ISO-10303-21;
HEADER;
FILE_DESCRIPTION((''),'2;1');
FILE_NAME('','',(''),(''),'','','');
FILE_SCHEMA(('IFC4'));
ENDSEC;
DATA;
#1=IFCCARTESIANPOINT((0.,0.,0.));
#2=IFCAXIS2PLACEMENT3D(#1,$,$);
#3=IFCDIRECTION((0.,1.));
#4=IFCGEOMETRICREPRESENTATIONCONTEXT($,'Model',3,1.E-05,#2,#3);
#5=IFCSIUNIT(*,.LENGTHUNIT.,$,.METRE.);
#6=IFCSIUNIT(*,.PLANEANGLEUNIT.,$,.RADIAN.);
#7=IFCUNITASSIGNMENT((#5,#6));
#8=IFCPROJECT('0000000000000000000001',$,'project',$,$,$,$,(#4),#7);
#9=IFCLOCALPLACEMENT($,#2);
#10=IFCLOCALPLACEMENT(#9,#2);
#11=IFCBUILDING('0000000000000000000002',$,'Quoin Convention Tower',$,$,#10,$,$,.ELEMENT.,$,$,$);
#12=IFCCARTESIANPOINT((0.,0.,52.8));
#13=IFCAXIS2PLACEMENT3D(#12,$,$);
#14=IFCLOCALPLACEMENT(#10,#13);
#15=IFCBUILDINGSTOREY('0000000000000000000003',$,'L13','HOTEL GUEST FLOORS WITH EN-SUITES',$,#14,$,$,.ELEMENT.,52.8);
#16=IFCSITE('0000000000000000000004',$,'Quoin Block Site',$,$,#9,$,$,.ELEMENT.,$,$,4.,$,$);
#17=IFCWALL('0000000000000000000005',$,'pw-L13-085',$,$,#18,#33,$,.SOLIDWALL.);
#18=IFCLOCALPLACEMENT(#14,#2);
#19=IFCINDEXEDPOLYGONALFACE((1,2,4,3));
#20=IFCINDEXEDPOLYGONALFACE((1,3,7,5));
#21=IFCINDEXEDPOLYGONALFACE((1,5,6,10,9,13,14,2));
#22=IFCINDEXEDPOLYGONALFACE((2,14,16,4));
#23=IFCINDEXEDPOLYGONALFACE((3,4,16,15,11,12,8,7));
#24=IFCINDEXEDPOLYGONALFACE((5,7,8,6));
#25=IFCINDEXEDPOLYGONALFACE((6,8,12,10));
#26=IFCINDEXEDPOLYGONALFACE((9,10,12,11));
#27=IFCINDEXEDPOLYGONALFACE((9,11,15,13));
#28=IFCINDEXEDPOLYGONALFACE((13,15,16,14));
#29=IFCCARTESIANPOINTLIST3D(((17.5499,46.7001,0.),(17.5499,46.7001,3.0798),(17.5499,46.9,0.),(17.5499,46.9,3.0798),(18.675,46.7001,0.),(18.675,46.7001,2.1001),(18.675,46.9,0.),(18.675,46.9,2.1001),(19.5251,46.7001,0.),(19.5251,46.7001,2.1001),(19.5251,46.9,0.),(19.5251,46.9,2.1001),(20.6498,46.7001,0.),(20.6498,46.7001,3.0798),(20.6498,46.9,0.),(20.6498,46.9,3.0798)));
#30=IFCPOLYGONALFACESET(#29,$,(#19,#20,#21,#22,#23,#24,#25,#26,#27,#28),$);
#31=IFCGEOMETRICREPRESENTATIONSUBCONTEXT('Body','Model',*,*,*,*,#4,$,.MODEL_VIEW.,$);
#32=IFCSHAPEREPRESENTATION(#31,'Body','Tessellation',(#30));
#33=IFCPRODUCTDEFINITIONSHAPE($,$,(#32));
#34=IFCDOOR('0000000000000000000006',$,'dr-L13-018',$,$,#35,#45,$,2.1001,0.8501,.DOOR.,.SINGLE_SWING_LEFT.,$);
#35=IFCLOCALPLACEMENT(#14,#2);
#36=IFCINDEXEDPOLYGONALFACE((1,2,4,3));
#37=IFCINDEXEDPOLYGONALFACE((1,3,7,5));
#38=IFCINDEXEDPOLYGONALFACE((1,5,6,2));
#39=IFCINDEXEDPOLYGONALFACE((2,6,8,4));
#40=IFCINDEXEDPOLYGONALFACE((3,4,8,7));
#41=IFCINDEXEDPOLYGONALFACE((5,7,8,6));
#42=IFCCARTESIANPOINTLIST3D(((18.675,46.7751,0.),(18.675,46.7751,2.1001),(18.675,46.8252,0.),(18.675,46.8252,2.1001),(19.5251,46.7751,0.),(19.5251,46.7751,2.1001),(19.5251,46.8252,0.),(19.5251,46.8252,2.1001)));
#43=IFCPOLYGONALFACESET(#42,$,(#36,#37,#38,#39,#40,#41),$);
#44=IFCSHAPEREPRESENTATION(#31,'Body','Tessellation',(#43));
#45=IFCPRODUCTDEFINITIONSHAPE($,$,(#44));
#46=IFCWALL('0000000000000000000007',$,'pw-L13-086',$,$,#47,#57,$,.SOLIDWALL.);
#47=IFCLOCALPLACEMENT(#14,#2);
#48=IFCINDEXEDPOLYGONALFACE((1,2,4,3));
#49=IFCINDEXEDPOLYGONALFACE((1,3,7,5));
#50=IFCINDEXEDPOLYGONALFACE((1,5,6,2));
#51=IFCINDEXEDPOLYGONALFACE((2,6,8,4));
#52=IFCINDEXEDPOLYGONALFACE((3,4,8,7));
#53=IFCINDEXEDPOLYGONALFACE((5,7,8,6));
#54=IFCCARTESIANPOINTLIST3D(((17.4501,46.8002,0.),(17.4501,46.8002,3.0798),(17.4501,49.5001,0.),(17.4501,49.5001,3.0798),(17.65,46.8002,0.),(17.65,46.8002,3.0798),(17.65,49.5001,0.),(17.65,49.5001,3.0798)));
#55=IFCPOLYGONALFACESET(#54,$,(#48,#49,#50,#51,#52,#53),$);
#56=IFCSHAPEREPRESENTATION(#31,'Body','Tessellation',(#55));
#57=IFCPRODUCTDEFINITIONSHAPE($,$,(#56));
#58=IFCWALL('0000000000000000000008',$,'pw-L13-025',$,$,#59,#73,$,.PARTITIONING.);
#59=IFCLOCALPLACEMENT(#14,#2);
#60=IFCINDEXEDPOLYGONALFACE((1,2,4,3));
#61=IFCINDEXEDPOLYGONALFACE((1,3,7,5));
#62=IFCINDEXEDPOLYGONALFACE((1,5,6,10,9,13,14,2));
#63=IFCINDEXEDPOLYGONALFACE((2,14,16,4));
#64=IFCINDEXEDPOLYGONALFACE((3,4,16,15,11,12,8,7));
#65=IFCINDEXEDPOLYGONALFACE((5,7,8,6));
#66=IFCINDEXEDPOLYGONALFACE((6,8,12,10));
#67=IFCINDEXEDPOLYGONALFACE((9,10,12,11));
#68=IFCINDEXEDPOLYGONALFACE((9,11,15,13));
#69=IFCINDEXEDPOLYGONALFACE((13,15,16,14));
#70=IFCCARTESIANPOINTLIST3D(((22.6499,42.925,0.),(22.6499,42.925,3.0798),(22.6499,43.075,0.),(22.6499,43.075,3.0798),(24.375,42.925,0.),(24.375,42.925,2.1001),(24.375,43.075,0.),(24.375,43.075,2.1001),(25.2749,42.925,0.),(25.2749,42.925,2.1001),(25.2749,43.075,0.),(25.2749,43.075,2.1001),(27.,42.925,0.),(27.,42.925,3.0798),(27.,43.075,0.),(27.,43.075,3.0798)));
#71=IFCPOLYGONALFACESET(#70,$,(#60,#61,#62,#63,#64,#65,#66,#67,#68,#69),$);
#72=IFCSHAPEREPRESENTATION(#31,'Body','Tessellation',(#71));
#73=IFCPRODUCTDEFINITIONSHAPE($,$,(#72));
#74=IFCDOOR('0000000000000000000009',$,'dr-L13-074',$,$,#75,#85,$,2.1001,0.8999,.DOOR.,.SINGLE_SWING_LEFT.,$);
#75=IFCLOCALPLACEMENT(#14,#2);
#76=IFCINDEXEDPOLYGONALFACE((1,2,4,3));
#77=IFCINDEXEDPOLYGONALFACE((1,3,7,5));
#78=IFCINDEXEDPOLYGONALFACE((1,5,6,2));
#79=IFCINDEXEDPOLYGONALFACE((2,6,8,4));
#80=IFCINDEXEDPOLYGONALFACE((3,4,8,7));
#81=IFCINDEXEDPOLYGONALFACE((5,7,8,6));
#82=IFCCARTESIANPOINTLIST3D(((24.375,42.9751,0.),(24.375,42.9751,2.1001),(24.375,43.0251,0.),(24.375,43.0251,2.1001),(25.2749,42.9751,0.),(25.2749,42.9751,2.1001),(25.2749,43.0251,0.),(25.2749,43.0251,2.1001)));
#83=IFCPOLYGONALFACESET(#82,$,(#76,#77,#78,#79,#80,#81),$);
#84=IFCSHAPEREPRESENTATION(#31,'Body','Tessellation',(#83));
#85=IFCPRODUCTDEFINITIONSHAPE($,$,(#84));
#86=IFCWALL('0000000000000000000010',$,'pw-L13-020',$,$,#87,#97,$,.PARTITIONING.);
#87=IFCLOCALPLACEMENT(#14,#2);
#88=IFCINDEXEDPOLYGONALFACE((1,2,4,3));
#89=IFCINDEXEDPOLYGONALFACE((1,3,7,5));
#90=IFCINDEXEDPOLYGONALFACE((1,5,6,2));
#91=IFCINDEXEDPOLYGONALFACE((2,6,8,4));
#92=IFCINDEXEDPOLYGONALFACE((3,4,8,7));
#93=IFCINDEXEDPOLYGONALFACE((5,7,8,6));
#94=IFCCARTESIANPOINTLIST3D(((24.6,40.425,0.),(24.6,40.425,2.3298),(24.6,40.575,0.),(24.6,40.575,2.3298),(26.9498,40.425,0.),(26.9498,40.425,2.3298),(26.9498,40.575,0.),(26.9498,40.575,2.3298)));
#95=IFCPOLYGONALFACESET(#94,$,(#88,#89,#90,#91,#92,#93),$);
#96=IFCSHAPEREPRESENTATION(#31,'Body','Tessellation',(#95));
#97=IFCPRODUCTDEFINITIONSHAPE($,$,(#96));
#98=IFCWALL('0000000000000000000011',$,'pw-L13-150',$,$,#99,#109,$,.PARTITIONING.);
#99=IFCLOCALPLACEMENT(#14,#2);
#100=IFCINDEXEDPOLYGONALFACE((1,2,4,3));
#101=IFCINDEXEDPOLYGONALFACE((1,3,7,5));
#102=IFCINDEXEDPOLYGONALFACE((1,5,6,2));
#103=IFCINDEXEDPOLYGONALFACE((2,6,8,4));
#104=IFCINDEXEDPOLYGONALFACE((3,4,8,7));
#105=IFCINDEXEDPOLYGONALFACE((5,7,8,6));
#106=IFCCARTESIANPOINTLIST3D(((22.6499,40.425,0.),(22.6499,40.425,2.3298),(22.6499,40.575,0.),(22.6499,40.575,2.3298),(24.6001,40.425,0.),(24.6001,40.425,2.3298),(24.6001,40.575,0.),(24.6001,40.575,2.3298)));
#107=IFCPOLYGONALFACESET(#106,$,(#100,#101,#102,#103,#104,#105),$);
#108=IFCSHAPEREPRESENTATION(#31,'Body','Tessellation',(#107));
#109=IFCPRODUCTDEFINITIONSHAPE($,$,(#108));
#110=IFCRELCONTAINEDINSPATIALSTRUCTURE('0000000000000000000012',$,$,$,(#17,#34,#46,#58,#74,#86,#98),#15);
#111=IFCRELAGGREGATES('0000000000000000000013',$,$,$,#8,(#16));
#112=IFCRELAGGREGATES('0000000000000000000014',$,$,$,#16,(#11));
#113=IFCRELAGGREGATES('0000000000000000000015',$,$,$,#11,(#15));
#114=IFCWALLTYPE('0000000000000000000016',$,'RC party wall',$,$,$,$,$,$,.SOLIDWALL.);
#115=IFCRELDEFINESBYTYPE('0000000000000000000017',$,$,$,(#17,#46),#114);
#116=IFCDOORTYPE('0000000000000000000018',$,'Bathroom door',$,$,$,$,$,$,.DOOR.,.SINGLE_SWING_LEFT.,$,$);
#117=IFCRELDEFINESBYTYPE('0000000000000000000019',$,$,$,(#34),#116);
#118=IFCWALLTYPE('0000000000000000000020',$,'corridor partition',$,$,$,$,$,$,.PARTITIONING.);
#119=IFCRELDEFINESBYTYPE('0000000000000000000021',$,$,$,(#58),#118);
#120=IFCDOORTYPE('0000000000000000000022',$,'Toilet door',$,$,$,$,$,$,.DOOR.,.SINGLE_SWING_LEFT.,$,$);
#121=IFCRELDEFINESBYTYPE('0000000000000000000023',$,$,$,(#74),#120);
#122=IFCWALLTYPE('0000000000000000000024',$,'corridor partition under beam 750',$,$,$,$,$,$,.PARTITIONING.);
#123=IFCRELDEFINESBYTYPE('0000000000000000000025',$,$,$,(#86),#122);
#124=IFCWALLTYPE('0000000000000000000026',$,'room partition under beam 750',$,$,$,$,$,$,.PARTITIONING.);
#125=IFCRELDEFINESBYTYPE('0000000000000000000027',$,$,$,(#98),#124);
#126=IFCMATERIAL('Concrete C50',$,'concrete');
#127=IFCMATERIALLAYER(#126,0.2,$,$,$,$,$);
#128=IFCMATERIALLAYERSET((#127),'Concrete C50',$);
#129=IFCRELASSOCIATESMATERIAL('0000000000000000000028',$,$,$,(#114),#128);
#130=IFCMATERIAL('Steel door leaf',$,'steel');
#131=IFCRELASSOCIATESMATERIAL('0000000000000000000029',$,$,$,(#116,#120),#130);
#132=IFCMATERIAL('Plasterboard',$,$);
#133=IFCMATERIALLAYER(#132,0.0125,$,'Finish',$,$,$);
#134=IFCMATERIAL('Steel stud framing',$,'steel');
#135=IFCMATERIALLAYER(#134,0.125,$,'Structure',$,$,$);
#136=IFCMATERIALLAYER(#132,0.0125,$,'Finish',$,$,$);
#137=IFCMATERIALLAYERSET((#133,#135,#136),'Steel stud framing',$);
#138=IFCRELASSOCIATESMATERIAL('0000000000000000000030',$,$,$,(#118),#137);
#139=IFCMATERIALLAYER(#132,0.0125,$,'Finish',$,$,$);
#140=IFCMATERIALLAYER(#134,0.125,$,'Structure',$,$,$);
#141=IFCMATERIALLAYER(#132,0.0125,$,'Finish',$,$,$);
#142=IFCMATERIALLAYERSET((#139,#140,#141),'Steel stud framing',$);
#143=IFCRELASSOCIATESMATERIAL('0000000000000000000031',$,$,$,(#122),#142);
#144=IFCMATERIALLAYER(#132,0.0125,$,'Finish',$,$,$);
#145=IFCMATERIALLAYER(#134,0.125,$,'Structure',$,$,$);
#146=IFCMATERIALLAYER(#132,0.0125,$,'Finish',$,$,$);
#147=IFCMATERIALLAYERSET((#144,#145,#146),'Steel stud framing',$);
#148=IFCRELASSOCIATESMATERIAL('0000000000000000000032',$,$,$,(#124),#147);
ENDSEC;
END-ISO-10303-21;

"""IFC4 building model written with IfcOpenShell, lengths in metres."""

from ifc_helpers import new_model, si_unit, direction, frame, frame_2d, origin, place, context, subcontext, project, spatial, rectangle, extrude, material, layer, layer_set, type_object, element, fill, save


model = new_model("IFC4")

# Units and contexts
model_context = context("Model", 3, precision=1e-05, world=origin(), true_north=direction((0.0, 1.0)))
body_context = subcontext(model_context, "Body", "Model", "MODEL_VIEW")
ifc_project = project(units=[si_unit("LENGTHUNIT", "METRE"), si_unit("PLANEANGLEUNIT", "RADIAN")], contexts=[model_context])

# Site, building, storey
site_placement = place(None, origin())
site = spatial("IfcSite", under=ifc_project, at=site_placement, Name="Quoin Block Site", CompositionType="ELEMENT", RefElevation=4.0)
building_placement = place(site_placement, origin())
building = spatial("IfcBuilding", under=site, at=building_placement, Name="Quoin Convention Tower", CompositionType="ELEMENT")
storey_placement = place(building_placement, frame((0.0, 0.0, 52.8)))
storey = spatial("IfcBuildingStorey", under=building, at=storey_placement, Name="L13", Description="HOTEL GUEST FLOORS WITH EN-SUITES", CompositionType="ELEMENT", Elevation=52.8)

# Shared definitions
ifc_material_1 = material(Name="Concrete C50", Category="concrete")
ifc_layer_1 = layer(ifc_material_1, 0.2)
ifc_layer_set_1 = layer_set([ifc_layer_1], Name="Concrete C50")
wall_type_1 = type_object("IfcWallType", Name="RC party wall", PredefinedType="SOLIDWALL", material=ifc_layer_set_1)

# Wall, opening, door
wall_1_placement = place(storey_placement, frame((17.55, 46.8, 0.0), z_axis=(0.0, 0.0, 1.0), x_axis=(1.0, 0.0, 0.0)))
wall_1 = element("IfcWall", 1, at=wall_1_placement, inside=storey, type_object=wall_type_1, Name="pw-L13-085", PredefinedType="SOLIDWALL", context=body_context, shape_type="SweptSolid", body=[
    extrude(rectangle(XDim=3.0999, YDim=0.2, at=frame_2d((1.5498, 0.0))), origin(), (0.0, 0.0, 1.0), 3.0798),
])
opening_1_placement = place(wall_1_placement, frame((1.125, 0.0, 0.0)))
opening_1 = element("IfcOpeningElement", 2, at=opening_1_placement, cuts=wall_1, PredefinedType="OPENING", context=body_context, shape_type="SweptSolid", body=[
    extrude(rectangle(XDim=0.8501, YDim=2.1001, at=frame_2d((0.425, 1.05))), frame((0.0, 0.1099, 0.0), z_axis=(0.0, -1.0, 0.0), x_axis=(1.0, 0.0, 0.0)), (0.0, 0.0, 1.0), 0.22),
])
ifc_material_2 = material(Name="Steel door leaf", Category="steel")
door_type_1 = type_object("IfcDoorType", Name="Bathroom door", OperationType="SINGLE_SWING_LEFT", PredefinedType="DOOR", material=ifc_material_2)
door_1_placement = place(opening_1_placement, frame((0.8501, 0.0, 0.0), z_axis=(0.0, 0.0, 1.0), x_axis=(-1.0, 0.0, 0.0)))
door_1 = element("IfcDoor", 3, at=door_1_placement, inside=storey, type_object=door_type_1, Name="dr-L13-018", OperationType="SINGLE_SWING_LEFT", OverallHeight=2.1001, OverallWidth=0.8501, PredefinedType="DOOR", context=body_context, shape_type="SweptSolid", body=[
    extrude(rectangle(XDim=0.8501, YDim=2.1001, at=frame_2d((0.425, 1.05))), frame((0.0, 0.0249, 0.0), z_axis=(0.0, -1.0, 0.0), x_axis=(1.0, 0.0, 0.0)), (0.0, 0.0, 1.0), 0.05),
])
fill(opening_1, door_1)

# Wall
wall_2_placement = place(storey_placement, frame((17.55, 46.8, 0.0), z_axis=(0.0, 0.0, 1.0), x_axis=(0.0, 1.0, 0.0)))
element("IfcWall", 4, at=wall_2_placement, inside=storey, type_object=wall_type_1, Name="pw-L13-086", PredefinedType="SOLIDWALL", context=body_context, shape_type="SweptSolid", body=[
    extrude(rectangle(XDim=2.7, YDim=0.2, at=frame_2d((1.3501, 0.0))), origin(), (0.0, 0.0, 1.0), 3.0798),
])

# Wall, opening, door
ifc_material_3 = material(Name="Plasterboard")
ifc_layer_2 = layer(ifc_material_3, 0.0125, Name="Finish")
ifc_material_4 = material(Name="Steel stud framing", Category="steel")
ifc_layer_3 = layer(ifc_material_4, 0.125, Name="Structure")
ifc_layer_4 = layer(ifc_material_3, 0.0125, Name="Finish")
ifc_layer_set_2 = layer_set([ifc_layer_2, ifc_layer_3, ifc_layer_4], Name="Steel stud framing")
wall_type_2 = type_object("IfcWallType", Name="corridor partition", PredefinedType="PARTITIONING", material=ifc_layer_set_2)
wall_3_placement = place(storey_placement, frame((22.6499, 43.0, 0.0), z_axis=(0.0, 0.0, 1.0), x_axis=(1.0, 0.0, 0.0)))
wall_3 = element("IfcWall", 5, at=wall_3_placement, inside=storey, type_object=wall_type_2, Name="pw-L13-025", PredefinedType="PARTITIONING", context=body_context, shape_type="SweptSolid", body=[
    extrude(rectangle(XDim=4.3501, YDim=0.1499, at=frame_2d((2.175, 0.0))), origin(), (0.0, 0.0, 1.0), 3.0798),
])
opening_2_placement = place(wall_3_placement, frame((1.7251, 0.0, 0.0)))
opening_2 = element("IfcOpeningElement", 6, at=opening_2_placement, cuts=wall_3, PredefinedType="OPENING", context=body_context, shape_type="SweptSolid", body=[
    extrude(rectangle(XDim=0.8999, YDim=2.1001, at=frame_2d((0.45, 1.05))), frame((0.0, 0.085, 0.0), z_axis=(0.0, -1.0, 0.0), x_axis=(1.0, 0.0, 0.0)), (0.0, 0.0, 1.0), 0.1699),
])
door_type_2 = type_object("IfcDoorType", Name="Toilet door", OperationType="SINGLE_SWING_LEFT", PredefinedType="DOOR", material=ifc_material_2)
door_2_placement = place(opening_2_placement, frame((0.8999, 0.0, 0.0), z_axis=(0.0, 0.0, 1.0), x_axis=(-1.0, 0.0, 0.0)))
door_2 = element("IfcDoor", 7, at=door_2_placement, inside=storey, type_object=door_type_2, Name="dr-L13-074", OperationType="SINGLE_SWING_LEFT", OverallHeight=2.1001, OverallWidth=0.8999, PredefinedType="DOOR", context=body_context, shape_type="SweptSolid", body=[
    extrude(rectangle(XDim=0.8999, YDim=2.1001, at=frame_2d((0.45, 1.05))), frame((0.0, 0.0249, 0.0), z_axis=(0.0, -1.0, 0.0), x_axis=(1.0, 0.0, 0.0)), (0.0, 0.0, 1.0), 0.05),
])
fill(opening_2, door_2)

# Walls
ifc_layer_5 = layer(ifc_material_3, 0.0125, Name="Finish")
ifc_layer_6 = layer(ifc_material_4, 0.125, Name="Structure")
ifc_layer_7 = layer(ifc_material_3, 0.0125, Name="Finish")
ifc_layer_set_3 = layer_set([ifc_layer_5, ifc_layer_6, ifc_layer_7], Name="Steel stud framing")
wall_type_3 = type_object("IfcWallType", Name="corridor partition under beam 750", PredefinedType="PARTITIONING", material=ifc_layer_set_3)
wall_4_placement = place(storey_placement, frame((24.6001, 40.5, 0.0), z_axis=(0.0, 0.0, 1.0), x_axis=(1.0, 0.0, 0.0)))
element("IfcWall", 8, at=wall_4_placement, inside=storey, type_object=wall_type_3, Name="pw-L13-020", PredefinedType="PARTITIONING", context=body_context, shape_type="SweptSolid", body=[
    extrude(rectangle(XDim=2.3499, YDim=0.1499, at=frame_2d((1.1748, 0.0))), origin(), (0.0, 0.0, 1.0), 2.3298),
])
ifc_layer_8 = layer(ifc_material_3, 0.0125, Name="Finish")
ifc_layer_9 = layer(ifc_material_4, 0.125, Name="Structure")
ifc_layer_10 = layer(ifc_material_3, 0.0125, Name="Finish")
ifc_layer_set_4 = layer_set([ifc_layer_8, ifc_layer_9, ifc_layer_10], Name="Steel stud framing")
wall_type_4 = type_object("IfcWallType", Name="room partition under beam 750", PredefinedType="PARTITIONING", material=ifc_layer_set_4)
wall_5_placement = place(storey_placement, frame((22.6499, 40.5, 0.0), z_axis=(0.0, 0.0, 1.0), x_axis=(1.0, 0.0, 0.0)))
element("IfcWall", 9, at=wall_5_placement, inside=storey, type_object=wall_type_4, Name="pw-L13-150", PredefinedType="PARTITIONING", context=body_context, shape_type="SweptSolid", body=[
    extrude(rectangle(XDim=1.9502, YDim=0.1499, at=frame_2d((0.9751, 0.0))), origin(), (0.0, 0.0, 1.0), 2.3298),
])

save(model, "model.ifc")
